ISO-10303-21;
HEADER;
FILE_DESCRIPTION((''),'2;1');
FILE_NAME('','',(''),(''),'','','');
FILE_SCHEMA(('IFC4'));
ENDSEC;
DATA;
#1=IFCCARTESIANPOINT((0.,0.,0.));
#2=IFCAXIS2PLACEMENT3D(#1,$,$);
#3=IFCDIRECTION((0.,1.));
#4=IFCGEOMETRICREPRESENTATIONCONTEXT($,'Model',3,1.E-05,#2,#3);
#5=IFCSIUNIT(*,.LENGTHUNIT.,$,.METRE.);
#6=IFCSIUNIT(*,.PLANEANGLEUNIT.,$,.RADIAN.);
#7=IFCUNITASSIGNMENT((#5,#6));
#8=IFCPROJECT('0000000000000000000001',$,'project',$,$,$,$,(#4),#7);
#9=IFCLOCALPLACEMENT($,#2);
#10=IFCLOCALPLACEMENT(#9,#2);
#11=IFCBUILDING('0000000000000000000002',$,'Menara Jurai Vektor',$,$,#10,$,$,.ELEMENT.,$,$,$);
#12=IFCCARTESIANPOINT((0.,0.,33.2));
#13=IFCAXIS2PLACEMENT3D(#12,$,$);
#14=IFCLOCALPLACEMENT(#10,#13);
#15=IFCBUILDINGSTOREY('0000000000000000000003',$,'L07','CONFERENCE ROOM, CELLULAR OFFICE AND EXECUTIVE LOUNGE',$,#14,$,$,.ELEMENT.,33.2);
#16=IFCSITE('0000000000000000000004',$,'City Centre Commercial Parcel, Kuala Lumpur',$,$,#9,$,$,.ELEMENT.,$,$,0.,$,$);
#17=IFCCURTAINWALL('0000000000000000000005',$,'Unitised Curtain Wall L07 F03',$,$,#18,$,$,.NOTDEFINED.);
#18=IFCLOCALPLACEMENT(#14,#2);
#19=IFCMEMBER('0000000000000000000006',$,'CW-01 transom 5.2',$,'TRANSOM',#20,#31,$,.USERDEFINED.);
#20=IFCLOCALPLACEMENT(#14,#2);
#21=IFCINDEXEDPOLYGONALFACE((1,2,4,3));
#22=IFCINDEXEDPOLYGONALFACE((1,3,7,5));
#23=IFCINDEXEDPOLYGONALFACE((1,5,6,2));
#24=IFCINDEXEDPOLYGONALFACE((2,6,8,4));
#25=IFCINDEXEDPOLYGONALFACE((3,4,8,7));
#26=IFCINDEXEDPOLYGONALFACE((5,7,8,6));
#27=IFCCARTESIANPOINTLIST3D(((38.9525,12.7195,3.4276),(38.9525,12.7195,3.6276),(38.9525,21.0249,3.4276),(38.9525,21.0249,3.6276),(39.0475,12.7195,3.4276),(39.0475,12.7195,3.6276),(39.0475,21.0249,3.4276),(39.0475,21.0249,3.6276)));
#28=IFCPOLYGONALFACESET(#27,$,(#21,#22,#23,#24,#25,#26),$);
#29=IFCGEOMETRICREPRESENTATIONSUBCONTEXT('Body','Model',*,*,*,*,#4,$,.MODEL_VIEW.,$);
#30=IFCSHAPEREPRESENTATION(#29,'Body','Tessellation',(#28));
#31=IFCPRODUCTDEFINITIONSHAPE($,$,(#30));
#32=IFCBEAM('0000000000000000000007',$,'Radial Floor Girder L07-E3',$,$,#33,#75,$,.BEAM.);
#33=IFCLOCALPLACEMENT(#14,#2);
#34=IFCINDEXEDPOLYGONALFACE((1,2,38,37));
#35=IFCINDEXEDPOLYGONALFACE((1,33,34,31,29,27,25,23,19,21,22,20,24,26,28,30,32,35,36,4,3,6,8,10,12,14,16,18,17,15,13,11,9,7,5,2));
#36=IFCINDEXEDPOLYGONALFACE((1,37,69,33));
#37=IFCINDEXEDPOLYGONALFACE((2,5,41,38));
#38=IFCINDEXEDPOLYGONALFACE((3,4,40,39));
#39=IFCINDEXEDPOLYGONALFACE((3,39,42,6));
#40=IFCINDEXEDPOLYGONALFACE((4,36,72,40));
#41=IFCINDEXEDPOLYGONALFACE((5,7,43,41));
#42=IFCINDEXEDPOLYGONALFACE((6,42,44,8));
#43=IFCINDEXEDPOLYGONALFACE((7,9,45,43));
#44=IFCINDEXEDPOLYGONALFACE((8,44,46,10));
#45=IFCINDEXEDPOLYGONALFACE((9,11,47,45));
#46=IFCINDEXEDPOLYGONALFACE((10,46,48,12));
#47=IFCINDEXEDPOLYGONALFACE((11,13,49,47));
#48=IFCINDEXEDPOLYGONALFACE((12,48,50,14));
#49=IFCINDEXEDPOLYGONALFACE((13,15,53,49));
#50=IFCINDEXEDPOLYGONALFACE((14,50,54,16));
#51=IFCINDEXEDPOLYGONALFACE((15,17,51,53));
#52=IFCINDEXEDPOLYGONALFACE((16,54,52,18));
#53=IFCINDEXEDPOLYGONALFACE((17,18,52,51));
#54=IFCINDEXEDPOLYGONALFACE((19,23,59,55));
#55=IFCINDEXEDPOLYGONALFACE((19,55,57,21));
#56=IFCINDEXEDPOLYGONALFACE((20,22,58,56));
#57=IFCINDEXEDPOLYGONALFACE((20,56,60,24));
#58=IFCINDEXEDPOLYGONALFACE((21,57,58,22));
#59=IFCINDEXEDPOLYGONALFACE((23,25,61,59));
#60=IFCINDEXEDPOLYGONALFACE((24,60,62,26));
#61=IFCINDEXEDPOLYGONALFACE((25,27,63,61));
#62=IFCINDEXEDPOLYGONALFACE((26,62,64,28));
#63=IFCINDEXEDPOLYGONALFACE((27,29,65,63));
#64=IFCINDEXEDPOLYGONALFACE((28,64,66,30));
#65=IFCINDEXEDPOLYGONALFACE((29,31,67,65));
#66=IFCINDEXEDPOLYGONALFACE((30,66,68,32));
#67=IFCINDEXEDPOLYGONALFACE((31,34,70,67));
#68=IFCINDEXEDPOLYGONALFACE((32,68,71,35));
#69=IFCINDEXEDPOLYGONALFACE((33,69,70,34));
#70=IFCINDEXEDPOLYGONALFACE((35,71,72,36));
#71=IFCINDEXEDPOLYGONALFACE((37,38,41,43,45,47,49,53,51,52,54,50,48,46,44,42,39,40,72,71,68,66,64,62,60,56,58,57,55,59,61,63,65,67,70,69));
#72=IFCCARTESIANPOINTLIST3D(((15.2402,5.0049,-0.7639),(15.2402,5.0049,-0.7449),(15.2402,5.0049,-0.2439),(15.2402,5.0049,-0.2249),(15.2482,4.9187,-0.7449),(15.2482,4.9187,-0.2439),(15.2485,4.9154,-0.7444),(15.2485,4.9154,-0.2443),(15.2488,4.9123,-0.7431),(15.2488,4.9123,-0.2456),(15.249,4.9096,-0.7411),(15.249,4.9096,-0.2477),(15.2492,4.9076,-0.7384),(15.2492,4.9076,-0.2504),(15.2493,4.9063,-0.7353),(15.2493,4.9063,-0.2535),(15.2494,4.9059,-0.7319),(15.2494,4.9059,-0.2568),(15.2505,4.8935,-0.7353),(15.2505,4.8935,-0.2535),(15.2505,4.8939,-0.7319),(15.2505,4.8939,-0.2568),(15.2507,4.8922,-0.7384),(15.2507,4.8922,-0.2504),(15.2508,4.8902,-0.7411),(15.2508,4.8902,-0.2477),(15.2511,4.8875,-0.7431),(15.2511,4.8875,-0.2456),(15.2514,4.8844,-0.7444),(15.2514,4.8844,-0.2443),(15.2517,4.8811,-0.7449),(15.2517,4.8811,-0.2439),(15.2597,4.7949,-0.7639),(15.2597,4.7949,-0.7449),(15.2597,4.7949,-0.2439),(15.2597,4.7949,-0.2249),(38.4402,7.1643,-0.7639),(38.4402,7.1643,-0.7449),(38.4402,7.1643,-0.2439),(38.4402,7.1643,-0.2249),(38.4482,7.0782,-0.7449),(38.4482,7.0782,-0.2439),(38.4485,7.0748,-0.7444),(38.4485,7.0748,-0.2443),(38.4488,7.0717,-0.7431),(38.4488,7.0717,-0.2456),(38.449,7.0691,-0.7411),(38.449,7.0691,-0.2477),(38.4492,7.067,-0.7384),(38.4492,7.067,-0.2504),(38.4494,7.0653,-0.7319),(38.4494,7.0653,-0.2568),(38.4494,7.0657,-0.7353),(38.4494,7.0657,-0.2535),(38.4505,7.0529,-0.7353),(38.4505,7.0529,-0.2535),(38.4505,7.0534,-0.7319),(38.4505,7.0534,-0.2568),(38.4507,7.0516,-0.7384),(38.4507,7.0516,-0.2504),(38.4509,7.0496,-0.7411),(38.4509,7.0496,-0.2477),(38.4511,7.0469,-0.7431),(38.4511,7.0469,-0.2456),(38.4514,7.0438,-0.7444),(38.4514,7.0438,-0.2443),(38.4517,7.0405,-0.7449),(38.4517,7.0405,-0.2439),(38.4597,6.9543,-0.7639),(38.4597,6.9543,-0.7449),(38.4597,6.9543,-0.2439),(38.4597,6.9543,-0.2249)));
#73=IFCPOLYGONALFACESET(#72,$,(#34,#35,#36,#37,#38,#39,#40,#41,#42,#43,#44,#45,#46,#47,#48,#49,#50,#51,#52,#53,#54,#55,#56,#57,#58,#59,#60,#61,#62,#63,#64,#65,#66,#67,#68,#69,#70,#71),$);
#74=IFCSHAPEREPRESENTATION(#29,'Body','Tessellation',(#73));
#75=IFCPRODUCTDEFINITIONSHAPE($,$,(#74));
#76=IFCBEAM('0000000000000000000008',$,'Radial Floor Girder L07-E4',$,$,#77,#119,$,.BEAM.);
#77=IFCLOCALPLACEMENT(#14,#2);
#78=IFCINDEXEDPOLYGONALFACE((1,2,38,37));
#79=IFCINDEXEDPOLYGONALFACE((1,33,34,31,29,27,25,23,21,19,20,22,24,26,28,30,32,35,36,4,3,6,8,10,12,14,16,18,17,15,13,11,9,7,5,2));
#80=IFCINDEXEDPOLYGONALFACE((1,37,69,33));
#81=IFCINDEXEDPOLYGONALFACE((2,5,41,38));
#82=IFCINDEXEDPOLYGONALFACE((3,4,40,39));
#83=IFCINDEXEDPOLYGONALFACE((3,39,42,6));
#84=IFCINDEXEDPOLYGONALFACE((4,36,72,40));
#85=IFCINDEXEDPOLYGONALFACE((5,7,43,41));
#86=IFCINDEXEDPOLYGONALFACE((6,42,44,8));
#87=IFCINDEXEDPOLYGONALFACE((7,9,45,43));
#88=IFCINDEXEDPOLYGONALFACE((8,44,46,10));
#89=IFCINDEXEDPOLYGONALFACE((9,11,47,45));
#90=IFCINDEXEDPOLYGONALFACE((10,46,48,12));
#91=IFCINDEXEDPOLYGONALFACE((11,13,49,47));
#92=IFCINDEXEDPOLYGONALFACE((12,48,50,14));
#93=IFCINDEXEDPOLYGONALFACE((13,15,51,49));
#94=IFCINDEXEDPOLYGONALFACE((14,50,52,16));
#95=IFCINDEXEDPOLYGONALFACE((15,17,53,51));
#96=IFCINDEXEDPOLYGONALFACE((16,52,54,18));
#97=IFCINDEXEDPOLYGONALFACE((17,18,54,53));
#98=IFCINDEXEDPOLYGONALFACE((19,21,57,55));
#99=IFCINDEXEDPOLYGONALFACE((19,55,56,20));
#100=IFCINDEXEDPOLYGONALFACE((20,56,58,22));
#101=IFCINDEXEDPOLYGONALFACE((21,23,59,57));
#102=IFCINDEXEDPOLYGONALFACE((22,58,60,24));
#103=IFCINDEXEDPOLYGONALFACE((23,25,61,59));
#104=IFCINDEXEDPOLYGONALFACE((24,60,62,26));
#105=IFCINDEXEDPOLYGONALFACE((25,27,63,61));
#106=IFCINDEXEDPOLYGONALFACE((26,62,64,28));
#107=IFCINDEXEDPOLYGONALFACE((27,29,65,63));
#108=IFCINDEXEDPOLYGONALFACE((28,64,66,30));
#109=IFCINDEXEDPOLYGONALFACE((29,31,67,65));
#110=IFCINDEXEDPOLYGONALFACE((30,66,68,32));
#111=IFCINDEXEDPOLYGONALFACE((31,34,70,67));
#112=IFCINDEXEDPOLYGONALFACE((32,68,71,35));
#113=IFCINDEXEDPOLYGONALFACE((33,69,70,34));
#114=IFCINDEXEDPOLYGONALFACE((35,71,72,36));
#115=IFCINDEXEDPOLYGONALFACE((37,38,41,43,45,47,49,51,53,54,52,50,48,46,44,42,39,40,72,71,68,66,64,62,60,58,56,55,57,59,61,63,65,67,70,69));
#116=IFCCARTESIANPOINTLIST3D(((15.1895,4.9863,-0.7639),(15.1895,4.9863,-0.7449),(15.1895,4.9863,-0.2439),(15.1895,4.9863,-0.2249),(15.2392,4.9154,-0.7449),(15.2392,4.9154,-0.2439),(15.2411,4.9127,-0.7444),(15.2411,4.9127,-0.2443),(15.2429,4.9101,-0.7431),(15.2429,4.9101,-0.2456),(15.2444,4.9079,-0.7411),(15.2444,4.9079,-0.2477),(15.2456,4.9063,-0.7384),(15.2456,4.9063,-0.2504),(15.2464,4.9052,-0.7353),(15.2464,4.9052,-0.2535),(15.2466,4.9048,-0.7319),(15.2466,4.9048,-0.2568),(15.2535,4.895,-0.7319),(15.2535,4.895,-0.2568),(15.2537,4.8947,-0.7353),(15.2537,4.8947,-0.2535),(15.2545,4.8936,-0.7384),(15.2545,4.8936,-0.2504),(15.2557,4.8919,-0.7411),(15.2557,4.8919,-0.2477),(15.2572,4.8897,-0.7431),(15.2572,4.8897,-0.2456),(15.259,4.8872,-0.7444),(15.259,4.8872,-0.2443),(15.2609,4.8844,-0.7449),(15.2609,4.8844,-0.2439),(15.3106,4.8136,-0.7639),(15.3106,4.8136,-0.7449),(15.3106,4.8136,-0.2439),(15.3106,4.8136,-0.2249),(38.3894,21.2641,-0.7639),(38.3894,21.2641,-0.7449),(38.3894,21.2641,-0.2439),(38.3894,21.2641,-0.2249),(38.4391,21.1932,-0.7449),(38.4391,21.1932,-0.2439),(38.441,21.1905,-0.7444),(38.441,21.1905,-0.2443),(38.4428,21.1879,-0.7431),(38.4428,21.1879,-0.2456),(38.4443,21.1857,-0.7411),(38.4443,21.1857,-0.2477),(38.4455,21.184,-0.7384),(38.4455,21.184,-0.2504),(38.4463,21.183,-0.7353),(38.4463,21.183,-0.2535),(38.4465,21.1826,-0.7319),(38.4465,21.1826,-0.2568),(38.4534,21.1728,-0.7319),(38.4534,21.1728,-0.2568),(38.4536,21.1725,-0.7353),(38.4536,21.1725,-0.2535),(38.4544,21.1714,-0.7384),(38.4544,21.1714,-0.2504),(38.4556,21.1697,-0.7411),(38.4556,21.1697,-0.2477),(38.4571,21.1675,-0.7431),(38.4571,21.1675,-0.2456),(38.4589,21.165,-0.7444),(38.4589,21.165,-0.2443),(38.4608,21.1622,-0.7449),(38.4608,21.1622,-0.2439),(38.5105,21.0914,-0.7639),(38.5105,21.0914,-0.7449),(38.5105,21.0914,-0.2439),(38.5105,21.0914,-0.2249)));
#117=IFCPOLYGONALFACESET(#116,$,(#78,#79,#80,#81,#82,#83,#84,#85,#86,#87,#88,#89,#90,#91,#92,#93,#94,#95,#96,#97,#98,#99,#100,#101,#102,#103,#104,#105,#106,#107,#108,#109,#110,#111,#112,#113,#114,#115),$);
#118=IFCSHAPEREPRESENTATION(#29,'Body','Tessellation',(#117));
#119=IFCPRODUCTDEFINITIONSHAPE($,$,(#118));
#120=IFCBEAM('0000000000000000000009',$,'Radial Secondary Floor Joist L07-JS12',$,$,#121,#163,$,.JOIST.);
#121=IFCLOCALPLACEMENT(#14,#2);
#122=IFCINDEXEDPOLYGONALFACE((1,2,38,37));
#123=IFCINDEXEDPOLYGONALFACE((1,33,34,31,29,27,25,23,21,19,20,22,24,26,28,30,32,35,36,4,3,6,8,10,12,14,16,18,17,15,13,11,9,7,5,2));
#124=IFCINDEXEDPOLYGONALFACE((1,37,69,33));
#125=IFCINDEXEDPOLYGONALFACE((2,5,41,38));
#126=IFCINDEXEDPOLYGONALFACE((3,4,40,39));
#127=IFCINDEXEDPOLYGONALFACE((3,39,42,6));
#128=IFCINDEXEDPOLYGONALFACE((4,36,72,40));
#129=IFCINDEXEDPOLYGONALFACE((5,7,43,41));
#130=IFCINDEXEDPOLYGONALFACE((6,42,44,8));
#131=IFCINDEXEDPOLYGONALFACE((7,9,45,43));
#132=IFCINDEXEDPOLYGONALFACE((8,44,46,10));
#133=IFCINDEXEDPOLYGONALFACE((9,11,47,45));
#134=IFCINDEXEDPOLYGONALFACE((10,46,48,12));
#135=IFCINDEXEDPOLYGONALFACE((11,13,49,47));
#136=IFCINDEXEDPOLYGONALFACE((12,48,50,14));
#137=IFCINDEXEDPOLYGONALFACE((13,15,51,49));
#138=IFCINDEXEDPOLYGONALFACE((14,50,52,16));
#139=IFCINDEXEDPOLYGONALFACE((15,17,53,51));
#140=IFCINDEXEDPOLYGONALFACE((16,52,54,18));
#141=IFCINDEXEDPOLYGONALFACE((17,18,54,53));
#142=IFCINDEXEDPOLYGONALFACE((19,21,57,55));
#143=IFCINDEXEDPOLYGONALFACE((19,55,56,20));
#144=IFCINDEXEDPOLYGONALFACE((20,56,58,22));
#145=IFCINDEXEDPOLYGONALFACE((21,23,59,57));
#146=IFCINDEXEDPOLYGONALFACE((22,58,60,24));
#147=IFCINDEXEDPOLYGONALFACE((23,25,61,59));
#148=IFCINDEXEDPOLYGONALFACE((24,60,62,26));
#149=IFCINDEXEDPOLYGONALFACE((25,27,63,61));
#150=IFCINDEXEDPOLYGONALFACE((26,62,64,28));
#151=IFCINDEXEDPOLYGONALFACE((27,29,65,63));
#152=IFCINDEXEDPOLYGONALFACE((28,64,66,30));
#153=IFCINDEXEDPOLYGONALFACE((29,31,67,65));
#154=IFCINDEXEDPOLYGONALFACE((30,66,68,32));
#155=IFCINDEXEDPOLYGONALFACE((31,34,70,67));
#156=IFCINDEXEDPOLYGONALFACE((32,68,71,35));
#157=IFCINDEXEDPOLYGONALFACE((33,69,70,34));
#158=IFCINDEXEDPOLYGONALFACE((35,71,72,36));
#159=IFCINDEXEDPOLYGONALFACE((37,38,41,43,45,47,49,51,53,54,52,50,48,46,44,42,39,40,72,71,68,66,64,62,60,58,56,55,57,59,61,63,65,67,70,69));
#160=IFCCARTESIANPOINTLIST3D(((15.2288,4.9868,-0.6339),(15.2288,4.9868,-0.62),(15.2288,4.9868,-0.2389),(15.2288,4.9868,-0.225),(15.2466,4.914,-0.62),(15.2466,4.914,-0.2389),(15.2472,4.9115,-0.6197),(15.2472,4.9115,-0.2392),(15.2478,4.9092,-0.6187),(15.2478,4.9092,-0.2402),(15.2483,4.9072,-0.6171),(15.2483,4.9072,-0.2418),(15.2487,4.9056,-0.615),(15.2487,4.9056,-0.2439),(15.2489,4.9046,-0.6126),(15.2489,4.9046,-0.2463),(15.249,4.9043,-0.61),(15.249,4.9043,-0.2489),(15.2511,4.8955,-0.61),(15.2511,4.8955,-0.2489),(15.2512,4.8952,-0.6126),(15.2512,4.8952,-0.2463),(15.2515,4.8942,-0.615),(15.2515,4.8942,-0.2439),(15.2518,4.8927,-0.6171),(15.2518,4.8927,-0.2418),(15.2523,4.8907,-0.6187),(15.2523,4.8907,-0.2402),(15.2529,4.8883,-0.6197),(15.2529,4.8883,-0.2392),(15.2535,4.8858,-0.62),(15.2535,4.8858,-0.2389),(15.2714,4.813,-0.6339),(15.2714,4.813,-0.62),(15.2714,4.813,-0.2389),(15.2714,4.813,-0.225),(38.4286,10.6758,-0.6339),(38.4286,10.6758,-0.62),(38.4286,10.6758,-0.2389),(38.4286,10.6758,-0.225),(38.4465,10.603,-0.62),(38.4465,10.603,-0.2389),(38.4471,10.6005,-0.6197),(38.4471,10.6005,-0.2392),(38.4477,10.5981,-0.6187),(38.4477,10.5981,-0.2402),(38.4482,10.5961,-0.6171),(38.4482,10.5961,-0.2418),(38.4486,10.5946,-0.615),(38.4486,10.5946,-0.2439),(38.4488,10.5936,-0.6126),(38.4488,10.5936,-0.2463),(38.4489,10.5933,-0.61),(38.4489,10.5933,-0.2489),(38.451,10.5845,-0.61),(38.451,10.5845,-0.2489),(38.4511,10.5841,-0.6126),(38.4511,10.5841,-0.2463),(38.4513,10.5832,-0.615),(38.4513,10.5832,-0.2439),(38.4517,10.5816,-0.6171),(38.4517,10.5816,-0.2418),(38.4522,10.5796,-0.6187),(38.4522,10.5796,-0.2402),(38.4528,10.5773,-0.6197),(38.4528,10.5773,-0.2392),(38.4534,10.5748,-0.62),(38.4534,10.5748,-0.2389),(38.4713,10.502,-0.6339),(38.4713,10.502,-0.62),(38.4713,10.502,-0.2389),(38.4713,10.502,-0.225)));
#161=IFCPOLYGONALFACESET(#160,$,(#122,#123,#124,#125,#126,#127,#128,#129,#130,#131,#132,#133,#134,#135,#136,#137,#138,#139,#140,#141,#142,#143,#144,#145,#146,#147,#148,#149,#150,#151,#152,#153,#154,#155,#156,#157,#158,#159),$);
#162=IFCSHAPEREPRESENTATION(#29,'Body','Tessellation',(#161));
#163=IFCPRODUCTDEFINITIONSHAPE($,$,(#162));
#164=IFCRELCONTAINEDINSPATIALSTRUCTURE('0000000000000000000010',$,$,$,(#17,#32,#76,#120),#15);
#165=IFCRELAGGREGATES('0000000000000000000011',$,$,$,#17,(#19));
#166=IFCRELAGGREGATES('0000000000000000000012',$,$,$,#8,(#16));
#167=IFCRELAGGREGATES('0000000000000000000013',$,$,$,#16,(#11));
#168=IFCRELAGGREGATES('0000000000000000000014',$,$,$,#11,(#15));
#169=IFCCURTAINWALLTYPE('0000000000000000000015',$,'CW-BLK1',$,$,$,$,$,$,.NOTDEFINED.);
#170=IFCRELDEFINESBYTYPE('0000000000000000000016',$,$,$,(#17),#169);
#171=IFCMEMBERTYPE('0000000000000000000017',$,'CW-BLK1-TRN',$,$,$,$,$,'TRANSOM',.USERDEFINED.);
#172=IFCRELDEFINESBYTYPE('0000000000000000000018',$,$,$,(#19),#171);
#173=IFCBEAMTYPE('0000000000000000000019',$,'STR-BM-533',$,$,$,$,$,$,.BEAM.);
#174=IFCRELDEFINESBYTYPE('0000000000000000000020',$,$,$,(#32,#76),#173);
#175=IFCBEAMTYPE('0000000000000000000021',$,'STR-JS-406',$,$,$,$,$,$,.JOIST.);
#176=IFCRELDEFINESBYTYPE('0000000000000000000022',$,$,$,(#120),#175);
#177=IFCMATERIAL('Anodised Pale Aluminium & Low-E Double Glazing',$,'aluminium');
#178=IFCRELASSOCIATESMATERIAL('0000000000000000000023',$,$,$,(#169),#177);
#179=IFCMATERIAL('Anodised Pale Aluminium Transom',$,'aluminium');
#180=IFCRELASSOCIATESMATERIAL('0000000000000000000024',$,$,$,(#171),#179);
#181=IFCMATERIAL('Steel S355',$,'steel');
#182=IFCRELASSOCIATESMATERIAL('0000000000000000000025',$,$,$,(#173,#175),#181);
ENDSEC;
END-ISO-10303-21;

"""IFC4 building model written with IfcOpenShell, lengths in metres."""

from ifc_helpers import new_model, si_unit, direction, frame, origin, origin_2d, place, context, subcontext, project, spatial, rectangle, i_section, extrude, material, material_profile, profile_set, type_object, element, aggregate, save


model = new_model("IFC4")

# Units and contexts
model_context = context("Model", 3, precision=1e-05, world=origin(), true_north=direction((0.0, 1.0)))
body_context = subcontext(model_context, "Body", "Model", "MODEL_VIEW")
ifc_project = project(units=[si_unit("LENGTHUNIT", "METRE"), si_unit("PLANEANGLEUNIT", "RADIAN")], contexts=[model_context])

# Site, building, storey
site_placement = place(None, origin())
site = spatial("IfcSite", under=ifc_project, at=site_placement, Name="City Centre Commercial Parcel, Kuala Lumpur", CompositionType="ELEMENT", RefElevation=0.0)
building_placement = place(site_placement, origin())
building = spatial("IfcBuilding", under=site, at=building_placement, Name="Menara Jurai Vektor", CompositionType="ELEMENT")
storey_placement = place(building_placement, frame((0.0, 0.0, 33.2)))
storey = spatial("IfcBuildingStorey", under=building, at=storey_placement, Name="L07", Description="CONFERENCE ROOM, CELLULAR OFFICE AND EXECUTIVE LOUNGE", CompositionType="ELEMENT", Elevation=33.2)

# Curtain wall
ifc_material_1 = material(Name="Anodised Pale Aluminium & Low-E Double Glazing", Category="aluminium")
curtain_wall_type = type_object("IfcCurtainWallType", Name="CW-BLK1", PredefinedType="NOTDEFINED", material=ifc_material_1)
curtain_wall_1_placement = place(storey_placement, origin())
curtain_wall_1 = element("IfcCurtainWall", 1, at=curtain_wall_1_placement, inside=storey, type_object=curtain_wall_type, Name="Unitised Curtain Wall L07 F03", PredefinedType="NOTDEFINED")

# Member
ifc_material_2 = material(Name="Anodised Pale Aluminium Transom", Category="aluminium")
ifc_material_profile_1 = material_profile(ifc_material_2, rectangle(XDim=0.095, YDim=0.2, at=origin_2d()), Name="ALU TRN 95x200")
ifc_profile_set_1 = profile_set([ifc_material_profile_1], Name="Anodised Pale Aluminium Transom")
member_type_1 = type_object("IfcMemberType", Name="CW-BLK1-TRN", ElementType="TRANSOM", PredefinedType="USERDEFINED", material=ifc_profile_set_1)
member_1_placement = place(storey_placement, frame((39.0, 12.7195, 3.5276), z_axis=(0.0, 1.0, 0.0), x_axis=(-1.0, 0.0, 0.0)))
member_1 = element("IfcMember", 2, at=member_1_placement, type_object=member_type_1, Name="CW-01 transom 5.2", ObjectType="TRANSOM", PredefinedType="USERDEFINED", context=body_context, shape_type="SweptSolid", body=[
    extrude(rectangle(XDim=0.095, YDim=0.2, at=origin_2d()), origin(), (0.0, 0.0, 1.0), 8.3054),
])

# Beams
ifc_material_3 = material(Name="Steel S355", Category="steel")
ifc_material_profile_2 = material_profile(ifc_material_3, i_section(OverallWidth=0.2109, OverallDepth=0.5391, WebThickness=0.012, FlangeThickness=0.019, FilletRadius=0.0129, at=origin_2d()), Name="UKB 533x210x109")
ifc_profile_set_2 = profile_set([ifc_material_profile_2], Name="Steel S355")
beam_type_1 = type_object("IfcBeamType", Name="STR-BM-533", PredefinedType="BEAM", material=ifc_profile_set_2)
beam_1_placement = place(storey_placement, frame((38.45, 7.0593, -0.4944), z_axis=(-0.995696, -0.092678, 0.0), x_axis=(0.092678, -0.995696, 0.0)))
element("IfcBeam", 3, at=beam_1_placement, inside=storey, type_object=beam_type_1, Name="Radial Floor Girder L07-E3", PredefinedType="BEAM", context=body_context, shape_type="SweptSolid", body=[
    extrude(i_section(OverallWidth=0.2109, OverallDepth=0.5391, WebThickness=0.012, FlangeThickness=0.019, FilletRadius=0.0129, at=origin_2d()), origin(), (0.0, 0.0, 1.0), 23.3003),
])
beam_2_placement = place(storey_placement, frame((38.45, 21.1777, -0.4944), z_axis=(-0.818604, -0.574359, 0.0), x_axis=(0.574359, -0.818604, 0.0)))
element("IfcBeam", 4, at=beam_2_placement, inside=storey, type_object=beam_type_1, Name="Radial Floor Girder L07-E4", PredefinedType="BEAM", context=body_context, shape_type="SweptSolid", body=[
    extrude(i_section(OverallWidth=0.2109, OverallDepth=0.5391, WebThickness=0.012, FlangeThickness=0.019, FilletRadius=0.0129, at=origin_2d()), origin(), (0.0, 0.0, 1.0), 28.3408),
])
ifc_material_profile_3 = material_profile(ifc_material_3, i_section(OverallWidth=0.179, OverallDepth=0.4089, WebThickness=0.009, FlangeThickness=0.0139, FilletRadius=0.01, at=origin_2d()), Name="UKB 406x178x67")
ifc_profile_set_3 = profile_set([ifc_material_profile_3], Name="Steel S355")
beam_type_2 = type_object("IfcBeamType", Name="STR-JS-406", PredefinedType="JOIST", material=ifc_profile_set_3)
beam_3_placement = place(storey_placement, frame((38.45, 10.5889, -0.4294), z_axis=(-0.971226, -0.238159, 0.0), x_axis=(0.238159, -0.971226, 0.0)))
element("IfcBeam", 5, at=beam_3_placement, inside=storey, type_object=beam_type_2, Name="Radial Secondary Floor Joist L07-JS12", PredefinedType="JOIST", context=body_context, shape_type="SweptSolid", body=[
    extrude(i_section(OverallWidth=0.179, OverallDepth=0.4089, WebThickness=0.009, FlangeThickness=0.0139, FilletRadius=0.01, at=origin_2d()), origin(), (0.0, 0.0, 1.0), 23.8872),
])

aggregate(curtain_wall_1, [member_1])

save(model, "model.ifc")
